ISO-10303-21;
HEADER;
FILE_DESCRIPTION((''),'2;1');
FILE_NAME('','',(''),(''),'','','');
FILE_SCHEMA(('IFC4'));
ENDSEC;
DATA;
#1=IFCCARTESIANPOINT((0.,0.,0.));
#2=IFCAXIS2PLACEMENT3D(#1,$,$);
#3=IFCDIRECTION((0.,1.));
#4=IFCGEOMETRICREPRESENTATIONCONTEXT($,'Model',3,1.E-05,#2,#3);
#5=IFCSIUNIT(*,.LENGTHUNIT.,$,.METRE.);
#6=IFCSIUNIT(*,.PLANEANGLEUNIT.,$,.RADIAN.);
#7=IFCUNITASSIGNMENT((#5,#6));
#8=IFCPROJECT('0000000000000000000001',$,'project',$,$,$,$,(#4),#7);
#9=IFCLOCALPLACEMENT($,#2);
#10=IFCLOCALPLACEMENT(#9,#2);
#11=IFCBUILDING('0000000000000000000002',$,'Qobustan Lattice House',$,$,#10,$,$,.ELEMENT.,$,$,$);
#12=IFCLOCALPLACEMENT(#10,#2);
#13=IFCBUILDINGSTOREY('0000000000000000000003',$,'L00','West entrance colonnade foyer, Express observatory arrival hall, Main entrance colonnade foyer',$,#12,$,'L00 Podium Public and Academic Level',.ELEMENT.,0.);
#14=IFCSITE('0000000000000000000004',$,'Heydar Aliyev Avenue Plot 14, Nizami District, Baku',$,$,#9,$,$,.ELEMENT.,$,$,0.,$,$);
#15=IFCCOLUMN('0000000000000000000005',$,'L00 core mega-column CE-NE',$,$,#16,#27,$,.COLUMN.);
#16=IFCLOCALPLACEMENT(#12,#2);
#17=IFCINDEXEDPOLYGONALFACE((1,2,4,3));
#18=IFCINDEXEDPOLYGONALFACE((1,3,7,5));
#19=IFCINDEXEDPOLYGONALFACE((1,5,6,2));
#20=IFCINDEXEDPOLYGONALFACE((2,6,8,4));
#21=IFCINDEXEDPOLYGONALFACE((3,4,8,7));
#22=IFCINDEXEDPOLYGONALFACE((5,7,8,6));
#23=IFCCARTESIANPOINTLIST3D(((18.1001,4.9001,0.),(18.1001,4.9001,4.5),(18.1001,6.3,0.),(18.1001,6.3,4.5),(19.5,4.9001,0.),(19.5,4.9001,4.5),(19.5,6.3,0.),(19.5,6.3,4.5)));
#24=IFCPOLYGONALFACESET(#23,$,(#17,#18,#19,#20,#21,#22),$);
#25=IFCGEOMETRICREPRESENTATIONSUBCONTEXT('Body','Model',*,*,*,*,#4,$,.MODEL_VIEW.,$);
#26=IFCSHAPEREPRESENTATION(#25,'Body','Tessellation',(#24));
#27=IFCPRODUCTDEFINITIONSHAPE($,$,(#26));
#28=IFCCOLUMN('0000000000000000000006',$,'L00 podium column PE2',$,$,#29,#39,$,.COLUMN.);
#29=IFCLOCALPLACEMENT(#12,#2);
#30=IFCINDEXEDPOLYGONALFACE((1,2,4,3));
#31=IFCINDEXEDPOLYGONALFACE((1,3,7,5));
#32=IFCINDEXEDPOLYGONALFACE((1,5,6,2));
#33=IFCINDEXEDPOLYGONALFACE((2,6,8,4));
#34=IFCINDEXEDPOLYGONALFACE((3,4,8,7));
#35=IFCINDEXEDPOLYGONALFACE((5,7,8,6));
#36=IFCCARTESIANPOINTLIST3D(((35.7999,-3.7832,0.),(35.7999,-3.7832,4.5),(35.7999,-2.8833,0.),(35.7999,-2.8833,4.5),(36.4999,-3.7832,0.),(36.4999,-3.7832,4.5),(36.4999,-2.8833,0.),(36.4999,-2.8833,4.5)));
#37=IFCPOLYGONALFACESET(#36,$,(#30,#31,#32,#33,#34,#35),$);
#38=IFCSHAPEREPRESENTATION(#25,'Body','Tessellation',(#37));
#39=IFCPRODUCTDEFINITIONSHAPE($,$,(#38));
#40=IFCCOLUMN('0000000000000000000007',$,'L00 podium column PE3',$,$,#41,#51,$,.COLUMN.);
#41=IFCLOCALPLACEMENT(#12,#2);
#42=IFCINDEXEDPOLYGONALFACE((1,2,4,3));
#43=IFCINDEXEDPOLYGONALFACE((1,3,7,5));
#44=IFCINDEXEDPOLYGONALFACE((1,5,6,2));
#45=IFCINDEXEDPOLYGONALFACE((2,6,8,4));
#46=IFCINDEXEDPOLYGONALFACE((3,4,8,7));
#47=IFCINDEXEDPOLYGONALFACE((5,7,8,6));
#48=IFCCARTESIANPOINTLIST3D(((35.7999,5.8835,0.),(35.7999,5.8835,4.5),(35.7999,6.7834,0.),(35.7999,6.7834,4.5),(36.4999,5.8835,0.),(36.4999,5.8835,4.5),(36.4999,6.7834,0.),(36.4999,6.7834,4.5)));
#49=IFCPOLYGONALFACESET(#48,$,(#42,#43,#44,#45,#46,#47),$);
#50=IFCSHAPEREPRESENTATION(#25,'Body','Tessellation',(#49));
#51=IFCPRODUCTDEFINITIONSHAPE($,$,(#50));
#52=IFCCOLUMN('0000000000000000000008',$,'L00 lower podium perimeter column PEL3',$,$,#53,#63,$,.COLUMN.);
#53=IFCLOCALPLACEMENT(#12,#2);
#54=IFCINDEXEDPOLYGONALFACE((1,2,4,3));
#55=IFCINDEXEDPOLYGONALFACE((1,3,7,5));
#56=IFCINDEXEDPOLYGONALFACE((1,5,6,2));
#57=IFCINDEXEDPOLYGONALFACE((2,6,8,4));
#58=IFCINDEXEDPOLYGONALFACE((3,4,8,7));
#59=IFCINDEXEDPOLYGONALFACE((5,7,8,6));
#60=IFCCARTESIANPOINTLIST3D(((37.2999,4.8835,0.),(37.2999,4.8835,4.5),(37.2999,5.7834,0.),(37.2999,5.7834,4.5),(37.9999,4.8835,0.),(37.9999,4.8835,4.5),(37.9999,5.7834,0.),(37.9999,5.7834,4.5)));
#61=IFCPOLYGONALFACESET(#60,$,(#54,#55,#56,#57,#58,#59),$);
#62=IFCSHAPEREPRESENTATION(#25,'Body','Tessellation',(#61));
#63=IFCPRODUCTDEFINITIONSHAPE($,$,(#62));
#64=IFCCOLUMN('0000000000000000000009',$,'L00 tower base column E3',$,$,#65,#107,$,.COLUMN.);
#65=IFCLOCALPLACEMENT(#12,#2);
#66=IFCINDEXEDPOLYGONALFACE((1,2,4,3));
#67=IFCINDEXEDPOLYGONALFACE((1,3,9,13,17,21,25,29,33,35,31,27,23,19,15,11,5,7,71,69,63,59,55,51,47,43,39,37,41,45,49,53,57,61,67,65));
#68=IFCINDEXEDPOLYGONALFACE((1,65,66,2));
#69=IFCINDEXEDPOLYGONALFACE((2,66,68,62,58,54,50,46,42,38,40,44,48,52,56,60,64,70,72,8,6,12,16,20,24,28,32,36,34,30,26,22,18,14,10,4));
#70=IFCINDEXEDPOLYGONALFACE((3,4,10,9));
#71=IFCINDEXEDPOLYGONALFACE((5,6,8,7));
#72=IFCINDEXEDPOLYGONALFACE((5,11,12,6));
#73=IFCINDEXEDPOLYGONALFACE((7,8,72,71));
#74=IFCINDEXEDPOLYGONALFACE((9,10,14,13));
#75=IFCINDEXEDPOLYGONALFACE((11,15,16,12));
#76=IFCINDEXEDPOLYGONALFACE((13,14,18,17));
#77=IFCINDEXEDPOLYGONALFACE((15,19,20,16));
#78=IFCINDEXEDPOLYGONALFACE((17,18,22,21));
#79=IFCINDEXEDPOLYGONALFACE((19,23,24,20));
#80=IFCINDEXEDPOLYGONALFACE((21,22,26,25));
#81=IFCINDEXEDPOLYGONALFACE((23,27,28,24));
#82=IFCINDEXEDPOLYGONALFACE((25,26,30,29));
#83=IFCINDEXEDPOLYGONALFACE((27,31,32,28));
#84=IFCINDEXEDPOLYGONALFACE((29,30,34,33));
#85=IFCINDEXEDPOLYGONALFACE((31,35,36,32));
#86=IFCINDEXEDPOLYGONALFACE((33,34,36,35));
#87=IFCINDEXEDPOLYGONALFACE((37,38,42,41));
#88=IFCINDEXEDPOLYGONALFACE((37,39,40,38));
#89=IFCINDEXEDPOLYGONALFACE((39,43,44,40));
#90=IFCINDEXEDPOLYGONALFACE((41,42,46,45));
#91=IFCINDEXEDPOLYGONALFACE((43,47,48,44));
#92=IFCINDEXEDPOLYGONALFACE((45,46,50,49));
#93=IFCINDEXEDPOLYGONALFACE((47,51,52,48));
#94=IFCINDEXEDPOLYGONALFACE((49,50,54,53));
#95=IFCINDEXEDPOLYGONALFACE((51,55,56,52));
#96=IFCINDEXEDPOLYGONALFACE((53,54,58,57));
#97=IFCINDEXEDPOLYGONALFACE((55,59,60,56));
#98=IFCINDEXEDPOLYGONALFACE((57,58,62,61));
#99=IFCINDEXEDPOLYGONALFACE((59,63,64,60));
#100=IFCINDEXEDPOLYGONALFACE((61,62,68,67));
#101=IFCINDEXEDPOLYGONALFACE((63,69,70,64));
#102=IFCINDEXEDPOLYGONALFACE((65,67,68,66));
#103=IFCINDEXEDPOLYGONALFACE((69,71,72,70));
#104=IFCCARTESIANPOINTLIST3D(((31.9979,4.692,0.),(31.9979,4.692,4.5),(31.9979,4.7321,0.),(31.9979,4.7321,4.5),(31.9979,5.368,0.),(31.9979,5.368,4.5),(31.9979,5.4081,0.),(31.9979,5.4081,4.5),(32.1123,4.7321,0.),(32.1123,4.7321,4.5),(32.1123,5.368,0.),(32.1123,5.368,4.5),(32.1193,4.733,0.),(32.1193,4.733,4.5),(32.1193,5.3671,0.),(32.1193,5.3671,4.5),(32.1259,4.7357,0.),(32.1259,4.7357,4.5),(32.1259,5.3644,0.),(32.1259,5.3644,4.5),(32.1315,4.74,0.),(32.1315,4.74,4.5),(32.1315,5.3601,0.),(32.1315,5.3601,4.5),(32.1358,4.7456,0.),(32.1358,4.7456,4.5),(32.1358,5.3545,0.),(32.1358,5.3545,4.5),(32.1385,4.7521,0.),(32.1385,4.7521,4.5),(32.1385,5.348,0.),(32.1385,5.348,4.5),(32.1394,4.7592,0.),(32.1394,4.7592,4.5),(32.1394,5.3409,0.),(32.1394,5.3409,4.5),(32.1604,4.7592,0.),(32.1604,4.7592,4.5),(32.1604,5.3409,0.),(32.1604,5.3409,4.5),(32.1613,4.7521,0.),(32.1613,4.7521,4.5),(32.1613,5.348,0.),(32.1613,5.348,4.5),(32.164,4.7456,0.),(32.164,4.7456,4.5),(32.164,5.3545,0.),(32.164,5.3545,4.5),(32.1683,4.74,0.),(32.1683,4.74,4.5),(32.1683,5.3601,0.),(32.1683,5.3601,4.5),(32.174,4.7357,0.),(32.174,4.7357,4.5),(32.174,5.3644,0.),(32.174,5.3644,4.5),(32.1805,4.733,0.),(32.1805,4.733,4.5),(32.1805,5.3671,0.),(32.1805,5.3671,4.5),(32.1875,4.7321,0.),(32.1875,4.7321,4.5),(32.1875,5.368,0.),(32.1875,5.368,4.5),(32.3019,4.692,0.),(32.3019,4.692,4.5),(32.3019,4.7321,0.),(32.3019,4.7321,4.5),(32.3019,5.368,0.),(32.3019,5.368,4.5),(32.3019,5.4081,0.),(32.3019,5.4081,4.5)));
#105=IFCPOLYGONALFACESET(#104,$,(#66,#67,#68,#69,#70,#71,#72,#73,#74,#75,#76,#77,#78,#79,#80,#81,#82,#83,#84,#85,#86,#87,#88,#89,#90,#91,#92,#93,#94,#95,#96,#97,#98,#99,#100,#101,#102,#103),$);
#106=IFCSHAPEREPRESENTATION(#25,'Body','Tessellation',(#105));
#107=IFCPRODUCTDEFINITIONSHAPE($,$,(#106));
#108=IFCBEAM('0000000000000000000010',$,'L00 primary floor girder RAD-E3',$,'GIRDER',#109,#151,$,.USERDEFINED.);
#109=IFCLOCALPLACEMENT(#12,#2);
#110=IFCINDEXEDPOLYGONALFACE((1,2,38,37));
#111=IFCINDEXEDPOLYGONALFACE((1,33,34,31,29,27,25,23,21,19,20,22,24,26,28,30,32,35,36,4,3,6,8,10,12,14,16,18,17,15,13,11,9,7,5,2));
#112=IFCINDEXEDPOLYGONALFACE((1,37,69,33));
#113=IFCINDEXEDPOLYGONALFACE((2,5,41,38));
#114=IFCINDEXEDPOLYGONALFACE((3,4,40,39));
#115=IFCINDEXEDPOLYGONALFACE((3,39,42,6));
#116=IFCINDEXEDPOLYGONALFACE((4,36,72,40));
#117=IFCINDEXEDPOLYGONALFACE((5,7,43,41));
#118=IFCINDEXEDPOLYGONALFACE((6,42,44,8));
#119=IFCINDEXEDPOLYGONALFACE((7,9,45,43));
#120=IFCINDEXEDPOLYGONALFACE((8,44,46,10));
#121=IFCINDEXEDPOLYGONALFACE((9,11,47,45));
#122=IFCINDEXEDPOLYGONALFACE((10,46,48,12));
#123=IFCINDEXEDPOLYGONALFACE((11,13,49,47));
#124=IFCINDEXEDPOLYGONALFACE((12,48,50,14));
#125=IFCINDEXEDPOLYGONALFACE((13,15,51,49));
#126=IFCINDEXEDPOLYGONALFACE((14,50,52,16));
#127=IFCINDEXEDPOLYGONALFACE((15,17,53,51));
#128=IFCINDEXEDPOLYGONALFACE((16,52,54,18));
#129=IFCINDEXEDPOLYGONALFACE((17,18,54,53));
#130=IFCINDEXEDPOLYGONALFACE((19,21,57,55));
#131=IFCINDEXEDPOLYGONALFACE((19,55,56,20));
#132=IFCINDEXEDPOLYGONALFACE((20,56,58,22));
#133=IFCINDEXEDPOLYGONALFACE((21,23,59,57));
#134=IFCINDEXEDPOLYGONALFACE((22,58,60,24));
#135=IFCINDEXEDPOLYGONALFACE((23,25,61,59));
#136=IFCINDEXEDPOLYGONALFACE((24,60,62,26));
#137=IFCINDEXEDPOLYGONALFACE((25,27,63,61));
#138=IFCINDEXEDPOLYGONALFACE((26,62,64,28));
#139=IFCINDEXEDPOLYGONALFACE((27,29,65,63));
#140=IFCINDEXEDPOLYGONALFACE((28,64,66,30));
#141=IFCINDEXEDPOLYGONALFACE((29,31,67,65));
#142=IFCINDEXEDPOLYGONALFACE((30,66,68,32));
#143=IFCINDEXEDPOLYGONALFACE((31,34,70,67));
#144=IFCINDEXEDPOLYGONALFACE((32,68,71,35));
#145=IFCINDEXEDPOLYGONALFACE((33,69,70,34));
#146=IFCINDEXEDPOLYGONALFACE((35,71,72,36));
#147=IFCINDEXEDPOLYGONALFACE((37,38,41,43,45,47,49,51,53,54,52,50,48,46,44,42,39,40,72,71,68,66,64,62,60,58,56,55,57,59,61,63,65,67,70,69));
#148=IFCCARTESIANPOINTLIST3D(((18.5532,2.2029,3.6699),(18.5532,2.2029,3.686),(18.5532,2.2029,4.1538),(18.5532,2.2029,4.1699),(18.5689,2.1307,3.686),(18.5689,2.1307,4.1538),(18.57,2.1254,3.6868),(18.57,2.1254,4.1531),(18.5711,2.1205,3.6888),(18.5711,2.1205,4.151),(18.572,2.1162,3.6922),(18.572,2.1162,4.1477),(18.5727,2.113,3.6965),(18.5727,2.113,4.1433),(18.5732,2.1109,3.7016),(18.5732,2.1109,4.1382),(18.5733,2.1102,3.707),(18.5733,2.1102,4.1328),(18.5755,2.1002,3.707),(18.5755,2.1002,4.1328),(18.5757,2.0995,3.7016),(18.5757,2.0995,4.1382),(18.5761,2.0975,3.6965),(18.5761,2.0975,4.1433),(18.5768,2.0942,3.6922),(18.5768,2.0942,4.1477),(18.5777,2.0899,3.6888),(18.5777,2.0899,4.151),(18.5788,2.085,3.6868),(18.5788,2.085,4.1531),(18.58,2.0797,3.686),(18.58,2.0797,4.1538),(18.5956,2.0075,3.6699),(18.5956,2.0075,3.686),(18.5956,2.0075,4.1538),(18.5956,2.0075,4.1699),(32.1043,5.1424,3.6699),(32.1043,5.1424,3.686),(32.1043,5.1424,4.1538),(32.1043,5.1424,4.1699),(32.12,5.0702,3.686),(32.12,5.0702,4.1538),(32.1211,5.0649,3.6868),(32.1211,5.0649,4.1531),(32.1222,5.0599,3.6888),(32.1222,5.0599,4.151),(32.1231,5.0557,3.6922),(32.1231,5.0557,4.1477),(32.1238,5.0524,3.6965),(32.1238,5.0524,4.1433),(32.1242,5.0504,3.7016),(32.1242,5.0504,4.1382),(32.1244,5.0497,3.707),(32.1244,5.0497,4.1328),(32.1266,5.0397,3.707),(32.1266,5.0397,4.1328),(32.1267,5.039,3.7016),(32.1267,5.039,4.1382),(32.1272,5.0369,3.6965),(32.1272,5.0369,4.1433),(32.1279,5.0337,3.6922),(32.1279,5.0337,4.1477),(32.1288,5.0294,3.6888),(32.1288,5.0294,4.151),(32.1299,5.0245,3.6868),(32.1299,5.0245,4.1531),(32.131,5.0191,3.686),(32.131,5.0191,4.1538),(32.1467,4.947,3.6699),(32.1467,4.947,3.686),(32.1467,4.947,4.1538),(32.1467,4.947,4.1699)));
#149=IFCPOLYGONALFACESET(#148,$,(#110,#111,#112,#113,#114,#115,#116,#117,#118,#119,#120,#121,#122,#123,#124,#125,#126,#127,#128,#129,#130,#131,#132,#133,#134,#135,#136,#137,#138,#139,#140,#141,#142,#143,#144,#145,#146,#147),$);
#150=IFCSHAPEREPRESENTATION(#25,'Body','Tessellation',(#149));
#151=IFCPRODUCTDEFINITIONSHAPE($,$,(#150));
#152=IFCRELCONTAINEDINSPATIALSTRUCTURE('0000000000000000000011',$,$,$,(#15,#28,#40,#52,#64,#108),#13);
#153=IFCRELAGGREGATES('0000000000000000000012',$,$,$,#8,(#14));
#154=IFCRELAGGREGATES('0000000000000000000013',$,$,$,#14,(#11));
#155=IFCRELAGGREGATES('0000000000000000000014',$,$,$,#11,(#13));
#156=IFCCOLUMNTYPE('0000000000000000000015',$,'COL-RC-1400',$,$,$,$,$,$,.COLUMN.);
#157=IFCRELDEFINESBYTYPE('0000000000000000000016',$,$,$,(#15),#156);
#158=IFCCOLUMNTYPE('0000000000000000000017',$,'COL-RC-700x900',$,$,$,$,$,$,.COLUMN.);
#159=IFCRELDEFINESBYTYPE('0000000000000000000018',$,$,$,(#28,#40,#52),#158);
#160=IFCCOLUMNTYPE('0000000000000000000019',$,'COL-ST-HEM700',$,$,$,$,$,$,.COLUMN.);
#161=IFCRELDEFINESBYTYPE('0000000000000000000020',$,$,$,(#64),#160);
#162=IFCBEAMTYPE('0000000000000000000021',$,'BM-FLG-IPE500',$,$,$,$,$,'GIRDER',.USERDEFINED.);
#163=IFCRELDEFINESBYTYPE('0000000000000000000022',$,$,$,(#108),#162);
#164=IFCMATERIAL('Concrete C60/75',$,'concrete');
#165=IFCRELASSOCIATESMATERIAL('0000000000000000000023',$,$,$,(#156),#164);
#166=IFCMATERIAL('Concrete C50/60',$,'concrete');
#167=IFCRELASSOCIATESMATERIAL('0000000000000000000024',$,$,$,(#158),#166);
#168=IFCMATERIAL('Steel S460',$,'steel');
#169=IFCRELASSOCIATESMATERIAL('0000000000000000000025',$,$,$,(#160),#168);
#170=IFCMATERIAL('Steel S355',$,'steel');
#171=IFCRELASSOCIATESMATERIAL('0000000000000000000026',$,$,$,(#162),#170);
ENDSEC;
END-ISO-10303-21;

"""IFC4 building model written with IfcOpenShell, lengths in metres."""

from ifc_helpers import new_model, si_unit, direction, frame, origin, origin_2d, place, context, subcontext, project, spatial, rectangle, i_section, extrude, material, material_profile, profile_set, type_object, element, save


model = new_model("IFC4")

# Units and contexts
model_context = context("Model", 3, precision=1e-05, world=origin(), true_north=direction((0.0, 1.0)))
body_context = subcontext(model_context, "Body", "Model", "MODEL_VIEW")
ifc_project = project(units=[si_unit("LENGTHUNIT", "METRE"), si_unit("PLANEANGLEUNIT", "RADIAN")], contexts=[model_context])

# Site, building, storey
site_placement = place(None, origin())
site = spatial("IfcSite", under=ifc_project, at=site_placement, Name="Heydar Aliyev Avenue Plot 14, Nizami District, Baku", CompositionType="ELEMENT", RefElevation=0.0)
building_placement = place(site_placement, origin())
building = spatial("IfcBuilding", under=site, at=building_placement, Name="Qobustan Lattice House", CompositionType="ELEMENT")
storey_placement = place(building_placement, origin())
storey = spatial("IfcBuildingStorey", under=building, at=storey_placement, Name="L00", Description="West entrance colonnade foyer, Express observatory arrival hall, Main entrance colonnade foyer", LongName="L00 Podium Public and Academic Level", CompositionType="ELEMENT", Elevation=0.0)

# Columns
ifc_material_1 = material(Name="Concrete C60/75", Category="concrete")
ifc_material_profile_1 = material_profile(ifc_material_1, rectangle(XDim=1.3999, YDim=1.3999, at=origin_2d()), Name="RC1400x1400")
ifc_profile_set_1 = profile_set([ifc_material_profile_1], Name="Concrete C60/75")
column_type_1 = type_object("IfcColumnType", Name="COL-RC-1400", PredefinedType="COLUMN", material=ifc_profile_set_1)
column_1_placement = place(storey_placement, frame((18.8, 5.6001, 0.0), z_axis=(0.0, 0.0, 1.0), x_axis=(1.0, 0.0, 0.0)))
element("IfcColumn", 1, at=column_1_placement, inside=storey, type_object=column_type_1, Name="L00 core mega-column CE-NE", PredefinedType="COLUMN", context=body_context, shape_type="SweptSolid", body=[
    extrude(rectangle(XDim=1.3999, YDim=1.3999, at=origin_2d()), origin(), (0.0, 0.0, 1.0), 4.5),
])
ifc_material_2 = material(Name="Concrete C50/60", Category="concrete")
ifc_material_profile_2 = material_profile(ifc_material_2, rectangle(XDim=0.7, YDim=0.8999, at=origin_2d()), Name="RC700x900")
ifc_profile_set_2 = profile_set([ifc_material_profile_2], Name="Concrete C50/60")
column_type_2 = type_object("IfcColumnType", Name="COL-RC-700x900", PredefinedType="COLUMN", material=ifc_profile_set_2)
for number, where, z_axis, x_axis, name in (
    (2, (36.1499, -3.3333, 0.0), (0.0, 0.0, 1.0), (1.0, 0.0, 0.0), "L00 podium column PE2"),
    (3, (36.1499, 6.3335, 0.0), (0.0, 0.0, 1.0), (1.0, 0.0, 0.0), "L00 podium column PE3"),
    (4, (37.6499, 5.3335, 0.0), (0.0, 0.0, 1.0), (1.0, 0.0, 0.0), "L00 lower podium perimeter column PEL3"),
):
    element("IfcColumn", number, at=place(storey_placement, frame(where, z_axis=z_axis, x_axis=x_axis)), inside=storey, type_object=column_type_2, Name=name, PredefinedType="COLUMN", context=body_context, shape_type="SweptSolid", body=[
        extrude(rectangle(XDim=0.7, YDim=0.8999, at=origin_2d()), origin(), (0.0, 0.0, 1.0), 4.5),
    ])
ifc_material_3 = material(Name="Steel S460", Category="steel")
ifc_material_profile_3 = material_profile(ifc_material_3, i_section(OverallWidth=0.304, OverallDepth=0.7161, WebThickness=0.021, FlangeThickness=0.04, FilletRadius=0.0271, at=origin_2d()), Name="HEM700")
ifc_profile_set_3 = profile_set([ifc_material_profile_3], Name="Steel S460")
column_type_3 = type_object("IfcColumnType", Name="COL-ST-HEM700", PredefinedType="COLUMN", material=ifc_profile_set_3)
column_2_placement = place(storey_placement, frame((32.1499, 5.05, 0.0), z_axis=(0.0, 0.0, 1.0), x_axis=(1.0, 0.0, 0.0)))
element("IfcColumn", 5, at=column_2_placement, inside=storey, type_object=column_type_3, Name="L00 tower base column E3", PredefinedType="COLUMN", context=body_context, shape_type="SweptSolid", body=[
    extrude(i_section(OverallWidth=0.304, OverallDepth=0.7161, WebThickness=0.021, FlangeThickness=0.04, FilletRadius=0.0271, at=origin_2d()), origin(), (0.0, 0.0, 1.0), 4.5),
])

# Beam
ifc_material_4 = material(Name="Steel S355", Category="steel")
ifc_material_profile_4 = material_profile(ifc_material_4, i_section(OverallWidth=0.2, OverallDepth=0.5, WebThickness=0.0103, FlangeThickness=0.0161, FilletRadius=0.021, at=origin_2d()), Name="IPE500")
ifc_profile_set_4 = profile_set([ifc_material_profile_4], Name="Steel S355")
beam_type_1 = type_object("IfcBeamType", Name="BM-FLG-IPE500", ElementType="GIRDER", PredefinedType="USERDEFINED", material=ifc_profile_set_4)
beam_1_placement = place(storey_placement, frame((32.1255, 5.0447, 3.9199), z_axis=(-0.977272, -0.211987, 0.0), x_axis=(0.211987, -0.977272, 0.0)))
element("IfcBeam", 6, at=beam_1_placement, inside=storey, type_object=beam_type_1, Name="L00 primary floor girder RAD-E3", ObjectType="GIRDER", PredefinedType="USERDEFINED", context=body_context, shape_type="SweptSolid", body=[
    extrude(i_section(OverallWidth=0.2, OverallDepth=0.5, WebThickness=0.0103, FlangeThickness=0.0161, FilletRadius=0.021, at=origin_2d()), origin(), (0.0, 0.0, 1.0), 13.8662),
])

save(model, "model.ifc")
